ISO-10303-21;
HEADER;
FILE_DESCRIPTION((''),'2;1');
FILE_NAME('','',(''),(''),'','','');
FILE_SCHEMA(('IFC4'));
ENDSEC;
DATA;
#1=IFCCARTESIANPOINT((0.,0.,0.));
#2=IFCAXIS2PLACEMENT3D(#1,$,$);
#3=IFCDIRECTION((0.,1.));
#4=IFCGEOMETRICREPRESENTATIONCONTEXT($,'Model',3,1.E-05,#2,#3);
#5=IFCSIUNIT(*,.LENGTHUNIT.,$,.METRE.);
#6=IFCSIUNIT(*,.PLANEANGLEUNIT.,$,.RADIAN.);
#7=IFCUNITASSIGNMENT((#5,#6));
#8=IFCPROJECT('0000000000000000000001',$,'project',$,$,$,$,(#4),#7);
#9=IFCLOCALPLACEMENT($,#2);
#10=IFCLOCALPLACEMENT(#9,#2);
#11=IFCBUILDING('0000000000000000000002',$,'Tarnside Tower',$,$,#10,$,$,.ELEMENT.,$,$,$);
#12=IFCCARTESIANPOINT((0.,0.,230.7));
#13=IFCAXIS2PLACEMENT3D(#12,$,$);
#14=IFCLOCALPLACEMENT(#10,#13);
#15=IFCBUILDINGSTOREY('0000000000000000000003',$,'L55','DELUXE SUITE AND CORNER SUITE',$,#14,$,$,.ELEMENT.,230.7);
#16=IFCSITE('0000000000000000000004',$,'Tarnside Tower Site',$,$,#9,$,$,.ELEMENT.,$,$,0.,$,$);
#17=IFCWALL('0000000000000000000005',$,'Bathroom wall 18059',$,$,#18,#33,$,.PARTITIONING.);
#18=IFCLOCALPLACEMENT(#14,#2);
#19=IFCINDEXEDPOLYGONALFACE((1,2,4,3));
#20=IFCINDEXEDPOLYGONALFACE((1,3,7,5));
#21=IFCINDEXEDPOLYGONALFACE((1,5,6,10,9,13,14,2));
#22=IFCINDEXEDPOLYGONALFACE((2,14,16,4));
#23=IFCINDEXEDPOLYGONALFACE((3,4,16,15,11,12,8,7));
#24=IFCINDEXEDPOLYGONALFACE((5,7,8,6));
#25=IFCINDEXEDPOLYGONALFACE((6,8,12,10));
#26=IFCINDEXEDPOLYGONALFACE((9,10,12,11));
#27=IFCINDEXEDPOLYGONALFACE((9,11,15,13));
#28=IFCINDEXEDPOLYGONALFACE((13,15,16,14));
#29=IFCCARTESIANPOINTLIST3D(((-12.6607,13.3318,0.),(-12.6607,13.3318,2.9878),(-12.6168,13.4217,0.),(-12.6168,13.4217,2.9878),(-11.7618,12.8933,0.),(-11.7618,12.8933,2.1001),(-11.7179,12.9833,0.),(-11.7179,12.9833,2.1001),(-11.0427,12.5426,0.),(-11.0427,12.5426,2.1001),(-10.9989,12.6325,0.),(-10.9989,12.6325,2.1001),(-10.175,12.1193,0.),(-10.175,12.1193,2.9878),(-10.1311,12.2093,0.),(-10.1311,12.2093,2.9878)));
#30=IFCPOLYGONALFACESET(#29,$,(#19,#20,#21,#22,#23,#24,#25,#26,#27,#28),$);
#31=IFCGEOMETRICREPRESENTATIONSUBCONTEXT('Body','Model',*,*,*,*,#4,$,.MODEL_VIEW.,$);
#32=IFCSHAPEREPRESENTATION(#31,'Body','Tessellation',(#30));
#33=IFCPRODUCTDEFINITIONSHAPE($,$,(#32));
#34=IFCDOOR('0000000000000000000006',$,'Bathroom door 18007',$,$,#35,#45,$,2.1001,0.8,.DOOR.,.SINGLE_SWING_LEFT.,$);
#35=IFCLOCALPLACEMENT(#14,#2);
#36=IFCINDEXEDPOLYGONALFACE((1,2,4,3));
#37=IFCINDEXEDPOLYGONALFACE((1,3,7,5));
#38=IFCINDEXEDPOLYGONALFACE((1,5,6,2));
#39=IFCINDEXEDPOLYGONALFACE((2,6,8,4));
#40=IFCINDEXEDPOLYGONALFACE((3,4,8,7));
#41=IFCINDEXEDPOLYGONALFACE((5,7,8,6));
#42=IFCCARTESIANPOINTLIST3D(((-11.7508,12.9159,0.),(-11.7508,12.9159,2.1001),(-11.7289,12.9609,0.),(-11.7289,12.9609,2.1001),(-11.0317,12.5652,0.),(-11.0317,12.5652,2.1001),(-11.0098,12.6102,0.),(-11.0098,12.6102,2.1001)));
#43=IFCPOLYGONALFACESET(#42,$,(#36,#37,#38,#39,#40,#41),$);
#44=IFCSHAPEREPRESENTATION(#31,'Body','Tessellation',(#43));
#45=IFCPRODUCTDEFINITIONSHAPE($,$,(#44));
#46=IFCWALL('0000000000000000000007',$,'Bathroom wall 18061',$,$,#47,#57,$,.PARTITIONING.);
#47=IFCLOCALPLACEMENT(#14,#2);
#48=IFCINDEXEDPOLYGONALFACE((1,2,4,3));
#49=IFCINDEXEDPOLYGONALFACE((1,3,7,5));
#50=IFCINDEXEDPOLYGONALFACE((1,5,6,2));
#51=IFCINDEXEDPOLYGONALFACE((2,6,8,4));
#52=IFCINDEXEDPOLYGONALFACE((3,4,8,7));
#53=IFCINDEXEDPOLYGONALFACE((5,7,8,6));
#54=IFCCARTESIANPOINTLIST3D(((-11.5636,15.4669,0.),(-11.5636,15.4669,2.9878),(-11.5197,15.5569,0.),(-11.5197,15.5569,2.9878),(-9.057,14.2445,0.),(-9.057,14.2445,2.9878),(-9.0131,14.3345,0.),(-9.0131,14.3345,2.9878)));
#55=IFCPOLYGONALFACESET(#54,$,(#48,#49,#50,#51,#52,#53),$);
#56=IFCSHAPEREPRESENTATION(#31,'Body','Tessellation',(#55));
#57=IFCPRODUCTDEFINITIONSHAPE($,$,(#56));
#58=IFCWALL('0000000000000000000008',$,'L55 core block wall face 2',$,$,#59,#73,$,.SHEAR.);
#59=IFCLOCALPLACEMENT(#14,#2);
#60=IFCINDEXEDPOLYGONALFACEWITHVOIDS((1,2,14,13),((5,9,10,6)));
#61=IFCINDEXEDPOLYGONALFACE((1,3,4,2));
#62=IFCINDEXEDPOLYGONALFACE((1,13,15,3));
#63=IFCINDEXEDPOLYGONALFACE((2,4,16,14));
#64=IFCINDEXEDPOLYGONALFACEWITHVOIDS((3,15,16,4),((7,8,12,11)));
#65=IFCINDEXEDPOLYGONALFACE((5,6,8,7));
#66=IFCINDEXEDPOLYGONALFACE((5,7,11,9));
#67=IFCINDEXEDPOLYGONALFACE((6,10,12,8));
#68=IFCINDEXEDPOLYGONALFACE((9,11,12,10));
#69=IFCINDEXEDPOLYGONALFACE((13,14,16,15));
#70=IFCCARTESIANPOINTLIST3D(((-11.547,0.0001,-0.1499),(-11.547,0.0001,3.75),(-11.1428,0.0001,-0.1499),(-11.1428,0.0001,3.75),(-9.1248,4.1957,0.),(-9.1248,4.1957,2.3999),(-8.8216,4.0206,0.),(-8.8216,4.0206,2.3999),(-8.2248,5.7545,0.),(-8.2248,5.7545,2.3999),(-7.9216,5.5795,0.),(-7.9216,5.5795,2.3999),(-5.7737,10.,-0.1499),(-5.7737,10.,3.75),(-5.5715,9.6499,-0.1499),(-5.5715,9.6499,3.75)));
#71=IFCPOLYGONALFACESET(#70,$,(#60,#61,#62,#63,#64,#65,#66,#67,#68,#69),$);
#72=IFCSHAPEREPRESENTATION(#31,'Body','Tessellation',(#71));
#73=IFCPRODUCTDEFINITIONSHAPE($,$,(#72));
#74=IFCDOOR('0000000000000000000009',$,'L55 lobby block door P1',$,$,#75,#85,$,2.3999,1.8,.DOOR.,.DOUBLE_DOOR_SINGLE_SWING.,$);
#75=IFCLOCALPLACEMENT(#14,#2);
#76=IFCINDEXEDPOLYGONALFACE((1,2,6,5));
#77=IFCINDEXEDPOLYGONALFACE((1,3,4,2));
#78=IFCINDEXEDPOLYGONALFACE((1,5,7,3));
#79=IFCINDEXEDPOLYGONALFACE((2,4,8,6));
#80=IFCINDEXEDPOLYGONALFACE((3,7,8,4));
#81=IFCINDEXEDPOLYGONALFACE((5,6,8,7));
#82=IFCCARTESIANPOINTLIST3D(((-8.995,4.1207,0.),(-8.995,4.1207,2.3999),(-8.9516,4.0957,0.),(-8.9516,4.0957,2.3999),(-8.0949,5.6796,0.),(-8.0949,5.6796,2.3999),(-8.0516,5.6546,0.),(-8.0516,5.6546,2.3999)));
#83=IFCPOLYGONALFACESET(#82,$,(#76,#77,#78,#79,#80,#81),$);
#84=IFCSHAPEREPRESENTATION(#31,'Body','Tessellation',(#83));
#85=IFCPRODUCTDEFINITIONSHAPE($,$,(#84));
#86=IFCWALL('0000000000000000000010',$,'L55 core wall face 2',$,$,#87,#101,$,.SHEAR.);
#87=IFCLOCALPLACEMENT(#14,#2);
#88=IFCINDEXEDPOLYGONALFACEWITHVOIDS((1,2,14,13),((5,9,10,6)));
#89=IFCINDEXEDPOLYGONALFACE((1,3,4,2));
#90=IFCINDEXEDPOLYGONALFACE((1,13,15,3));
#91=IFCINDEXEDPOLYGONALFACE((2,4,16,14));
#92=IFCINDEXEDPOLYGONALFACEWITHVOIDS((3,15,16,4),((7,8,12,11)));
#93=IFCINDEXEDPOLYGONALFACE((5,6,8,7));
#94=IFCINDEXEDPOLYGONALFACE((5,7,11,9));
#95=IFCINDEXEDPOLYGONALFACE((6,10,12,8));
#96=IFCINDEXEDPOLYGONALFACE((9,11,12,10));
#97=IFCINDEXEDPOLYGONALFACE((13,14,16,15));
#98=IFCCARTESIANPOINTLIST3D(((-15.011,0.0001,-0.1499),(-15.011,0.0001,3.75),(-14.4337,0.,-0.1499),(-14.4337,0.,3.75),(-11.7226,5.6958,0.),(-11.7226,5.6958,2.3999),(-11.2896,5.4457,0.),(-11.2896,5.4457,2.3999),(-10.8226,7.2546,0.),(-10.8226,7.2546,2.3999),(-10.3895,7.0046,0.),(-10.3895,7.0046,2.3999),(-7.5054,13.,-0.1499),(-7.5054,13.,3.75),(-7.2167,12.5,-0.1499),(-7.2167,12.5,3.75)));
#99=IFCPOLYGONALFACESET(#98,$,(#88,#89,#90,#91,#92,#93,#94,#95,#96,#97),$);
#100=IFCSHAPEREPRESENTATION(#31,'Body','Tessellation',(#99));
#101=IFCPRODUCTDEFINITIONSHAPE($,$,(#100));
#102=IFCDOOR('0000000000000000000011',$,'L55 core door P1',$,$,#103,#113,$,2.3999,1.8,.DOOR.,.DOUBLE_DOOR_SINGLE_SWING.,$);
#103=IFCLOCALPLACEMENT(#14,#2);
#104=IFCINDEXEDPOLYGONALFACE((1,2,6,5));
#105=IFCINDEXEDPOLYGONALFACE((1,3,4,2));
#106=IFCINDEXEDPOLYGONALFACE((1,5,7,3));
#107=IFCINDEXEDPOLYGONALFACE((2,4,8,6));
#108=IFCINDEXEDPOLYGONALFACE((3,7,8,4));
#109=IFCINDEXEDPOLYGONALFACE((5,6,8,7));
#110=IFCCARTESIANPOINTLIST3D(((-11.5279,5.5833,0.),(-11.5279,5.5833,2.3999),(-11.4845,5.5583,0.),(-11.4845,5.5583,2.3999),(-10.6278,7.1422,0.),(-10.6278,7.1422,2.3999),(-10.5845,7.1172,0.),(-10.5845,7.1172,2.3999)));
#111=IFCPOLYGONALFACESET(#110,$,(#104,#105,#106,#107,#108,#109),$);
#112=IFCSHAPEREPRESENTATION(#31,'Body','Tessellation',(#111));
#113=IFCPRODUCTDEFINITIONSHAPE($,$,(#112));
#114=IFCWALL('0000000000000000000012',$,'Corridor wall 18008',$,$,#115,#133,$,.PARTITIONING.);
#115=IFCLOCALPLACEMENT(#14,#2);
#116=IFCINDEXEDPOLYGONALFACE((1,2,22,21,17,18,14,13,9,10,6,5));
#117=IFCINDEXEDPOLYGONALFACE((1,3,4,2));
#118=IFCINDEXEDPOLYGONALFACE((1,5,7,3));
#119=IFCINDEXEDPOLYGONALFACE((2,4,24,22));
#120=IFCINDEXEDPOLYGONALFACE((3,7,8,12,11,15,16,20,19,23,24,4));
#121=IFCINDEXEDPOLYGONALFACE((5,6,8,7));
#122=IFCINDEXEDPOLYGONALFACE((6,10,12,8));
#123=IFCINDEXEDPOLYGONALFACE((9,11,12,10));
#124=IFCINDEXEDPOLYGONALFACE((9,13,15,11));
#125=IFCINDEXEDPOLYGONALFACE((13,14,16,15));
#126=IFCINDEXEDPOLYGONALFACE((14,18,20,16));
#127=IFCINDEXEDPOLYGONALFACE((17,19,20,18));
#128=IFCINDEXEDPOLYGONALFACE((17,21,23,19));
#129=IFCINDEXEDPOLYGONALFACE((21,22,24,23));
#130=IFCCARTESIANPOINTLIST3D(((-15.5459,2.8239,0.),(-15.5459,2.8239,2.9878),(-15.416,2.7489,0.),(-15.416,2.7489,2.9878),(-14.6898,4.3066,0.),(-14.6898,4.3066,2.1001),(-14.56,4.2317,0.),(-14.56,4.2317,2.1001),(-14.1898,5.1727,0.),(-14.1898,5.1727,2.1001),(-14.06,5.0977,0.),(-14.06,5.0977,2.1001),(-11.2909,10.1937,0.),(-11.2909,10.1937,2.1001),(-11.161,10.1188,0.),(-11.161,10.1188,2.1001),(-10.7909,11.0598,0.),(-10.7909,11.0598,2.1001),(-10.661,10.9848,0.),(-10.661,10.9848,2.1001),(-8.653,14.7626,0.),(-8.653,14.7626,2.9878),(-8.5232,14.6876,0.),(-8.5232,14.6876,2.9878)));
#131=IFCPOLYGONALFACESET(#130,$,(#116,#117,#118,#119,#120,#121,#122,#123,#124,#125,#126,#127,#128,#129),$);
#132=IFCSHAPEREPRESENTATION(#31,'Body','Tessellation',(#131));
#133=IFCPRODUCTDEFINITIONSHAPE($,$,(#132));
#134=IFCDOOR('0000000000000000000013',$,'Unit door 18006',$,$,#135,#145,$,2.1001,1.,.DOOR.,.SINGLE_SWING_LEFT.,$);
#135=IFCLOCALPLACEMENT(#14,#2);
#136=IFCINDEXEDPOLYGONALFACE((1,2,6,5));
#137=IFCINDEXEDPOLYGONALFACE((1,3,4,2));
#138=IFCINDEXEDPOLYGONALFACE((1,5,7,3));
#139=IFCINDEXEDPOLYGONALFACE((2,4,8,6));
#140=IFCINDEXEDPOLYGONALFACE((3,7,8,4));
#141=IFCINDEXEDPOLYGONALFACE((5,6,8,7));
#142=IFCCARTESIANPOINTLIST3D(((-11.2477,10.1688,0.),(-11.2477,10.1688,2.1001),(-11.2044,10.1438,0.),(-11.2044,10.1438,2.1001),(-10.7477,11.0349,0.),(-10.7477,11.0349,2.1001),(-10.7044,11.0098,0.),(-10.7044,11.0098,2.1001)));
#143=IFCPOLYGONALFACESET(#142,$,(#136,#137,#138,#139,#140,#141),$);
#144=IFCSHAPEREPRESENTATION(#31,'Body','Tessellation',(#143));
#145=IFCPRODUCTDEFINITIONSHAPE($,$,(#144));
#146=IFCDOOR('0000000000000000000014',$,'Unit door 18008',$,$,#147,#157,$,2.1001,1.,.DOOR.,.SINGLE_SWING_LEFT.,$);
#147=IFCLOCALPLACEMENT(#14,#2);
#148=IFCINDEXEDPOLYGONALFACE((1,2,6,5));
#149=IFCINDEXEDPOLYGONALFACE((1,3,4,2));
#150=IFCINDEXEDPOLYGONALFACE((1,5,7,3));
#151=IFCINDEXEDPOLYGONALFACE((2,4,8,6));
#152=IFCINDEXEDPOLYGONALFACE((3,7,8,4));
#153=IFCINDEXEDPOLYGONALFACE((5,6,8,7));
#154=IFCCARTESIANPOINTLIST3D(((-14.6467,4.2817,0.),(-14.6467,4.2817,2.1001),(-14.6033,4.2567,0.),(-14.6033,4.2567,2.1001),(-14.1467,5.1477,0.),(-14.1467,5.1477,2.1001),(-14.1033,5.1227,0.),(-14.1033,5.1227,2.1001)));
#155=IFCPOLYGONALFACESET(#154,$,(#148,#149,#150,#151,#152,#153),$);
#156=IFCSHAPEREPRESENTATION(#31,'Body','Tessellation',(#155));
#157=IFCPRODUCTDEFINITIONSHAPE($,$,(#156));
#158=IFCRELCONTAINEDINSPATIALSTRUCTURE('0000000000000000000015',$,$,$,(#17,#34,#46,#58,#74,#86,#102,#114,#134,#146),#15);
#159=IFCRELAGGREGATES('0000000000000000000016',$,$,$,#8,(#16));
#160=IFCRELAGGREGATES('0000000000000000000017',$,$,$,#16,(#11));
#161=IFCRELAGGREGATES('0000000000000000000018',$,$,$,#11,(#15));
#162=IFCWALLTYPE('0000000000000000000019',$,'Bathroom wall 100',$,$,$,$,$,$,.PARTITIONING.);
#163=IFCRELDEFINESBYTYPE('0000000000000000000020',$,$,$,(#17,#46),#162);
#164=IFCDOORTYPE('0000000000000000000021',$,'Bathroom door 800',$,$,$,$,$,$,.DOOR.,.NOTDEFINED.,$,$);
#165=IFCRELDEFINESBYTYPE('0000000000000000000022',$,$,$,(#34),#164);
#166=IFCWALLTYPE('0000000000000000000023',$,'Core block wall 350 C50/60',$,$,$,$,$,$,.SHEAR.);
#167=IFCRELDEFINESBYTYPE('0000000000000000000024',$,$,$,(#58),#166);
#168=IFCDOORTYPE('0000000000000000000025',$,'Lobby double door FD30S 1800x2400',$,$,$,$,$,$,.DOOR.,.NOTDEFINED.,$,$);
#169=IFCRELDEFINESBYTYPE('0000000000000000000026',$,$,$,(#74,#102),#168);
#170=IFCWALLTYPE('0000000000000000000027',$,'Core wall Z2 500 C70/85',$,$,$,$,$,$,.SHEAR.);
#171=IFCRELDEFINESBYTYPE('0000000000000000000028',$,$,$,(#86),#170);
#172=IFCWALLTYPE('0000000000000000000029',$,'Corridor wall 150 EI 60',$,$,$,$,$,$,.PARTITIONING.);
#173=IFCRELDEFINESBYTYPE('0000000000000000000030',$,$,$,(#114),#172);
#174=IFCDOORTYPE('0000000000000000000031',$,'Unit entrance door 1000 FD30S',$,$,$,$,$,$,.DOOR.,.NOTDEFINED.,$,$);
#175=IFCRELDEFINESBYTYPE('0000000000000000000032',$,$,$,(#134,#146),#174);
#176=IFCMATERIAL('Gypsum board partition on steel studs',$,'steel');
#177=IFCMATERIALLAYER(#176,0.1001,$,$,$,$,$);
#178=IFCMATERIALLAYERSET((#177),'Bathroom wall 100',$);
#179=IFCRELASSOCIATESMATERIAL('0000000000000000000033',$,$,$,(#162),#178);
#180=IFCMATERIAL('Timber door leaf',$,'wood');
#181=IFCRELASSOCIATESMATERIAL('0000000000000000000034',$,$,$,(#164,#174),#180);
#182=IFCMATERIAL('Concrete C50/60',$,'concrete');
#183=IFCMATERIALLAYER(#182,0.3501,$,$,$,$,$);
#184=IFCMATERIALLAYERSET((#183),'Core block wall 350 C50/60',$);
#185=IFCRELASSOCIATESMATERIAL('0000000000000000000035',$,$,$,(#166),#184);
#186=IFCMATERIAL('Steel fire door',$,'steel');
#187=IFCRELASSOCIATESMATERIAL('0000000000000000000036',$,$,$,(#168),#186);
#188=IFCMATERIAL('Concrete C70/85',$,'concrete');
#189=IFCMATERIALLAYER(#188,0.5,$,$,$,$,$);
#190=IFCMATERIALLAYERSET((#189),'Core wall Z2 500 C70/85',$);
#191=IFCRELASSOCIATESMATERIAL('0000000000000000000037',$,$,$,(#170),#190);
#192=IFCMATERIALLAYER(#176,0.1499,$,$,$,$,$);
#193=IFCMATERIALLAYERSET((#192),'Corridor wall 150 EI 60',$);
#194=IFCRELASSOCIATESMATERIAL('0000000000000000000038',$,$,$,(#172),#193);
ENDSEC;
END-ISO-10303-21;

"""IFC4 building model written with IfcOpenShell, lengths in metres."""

from ifc_helpers import new_model, si_unit, direction, frame, frame_2d, origin, place, context, subcontext, project, spatial, polyline, rectangle, outline, extrude, material, layer, layer_set, type_object, element, fill, save


model = new_model("IFC4")

# Units and contexts
model_context = context("Model", 3, precision=1e-05, world=origin(), true_north=direction((0.0, 1.0)))
body_context = subcontext(model_context, "Body", "Model", "MODEL_VIEW")
ifc_project = project(units=[si_unit("LENGTHUNIT", "METRE"), si_unit("PLANEANGLEUNIT", "RADIAN")], contexts=[model_context])

# Site, building, storey
site_placement = place(None, origin())
site = spatial("IfcSite", under=ifc_project, at=site_placement, Name="Tarnside Tower Site", CompositionType="ELEMENT", RefElevation=0.0)
building_placement = place(site_placement, origin())
building = spatial("IfcBuilding", under=site, at=building_placement, Name="Tarnside Tower", CompositionType="ELEMENT")
storey_placement = place(building_placement, frame((0.0, 0.0, 230.7)))
storey = spatial("IfcBuildingStorey", under=building, at=storey_placement, Name="L55", Description="DELUXE SUITE AND CORNER SUITE", CompositionType="ELEMENT", Elevation=230.7)

# Shared definitions
ifc_material_1 = material(Name="Gypsum board partition on steel studs", Category="steel")
ifc_layer_1 = layer(ifc_material_1, 0.1001)
ifc_layer_set_1 = layer_set([ifc_layer_1], Name="Bathroom wall 100")
wall_type_1 = type_object("IfcWallType", Name="Bathroom wall 100", PredefinedType="PARTITIONING", material=ifc_layer_set_1)

# Wall, opening, door
ifc_material_2 = material(Name="Timber door leaf", Category="wood")
door_type_1 = type_object("IfcDoorType", Name="Bathroom door 800", OperationType="NOTDEFINED", PredefinedType="DOOR", material=ifc_material_2)
wall_1_placement = place(storey_placement, frame((-10.1531, 12.1643, 0.0), z_axis=(0.0, 0.0, 1.0), x_axis=(-0.89878, 0.438399, 0.0)))
wall_1 = element("IfcWall", 1, at=wall_1_placement, inside=storey, type_object=wall_type_1, Name="Bathroom wall 18059", PredefinedType="PARTITIONING", context=body_context, shape_type="SweptSolid", body=[
    extrude(rectangle(XDim=2.7656, YDim=0.1001, at=frame_2d((1.3828, 0.0))), origin(), (0.0, 0.0, 1.0), 2.9878),
])
opening_1_placement = place(wall_1_placement, frame((0.9656, 0.0, 0.0)))
opening_1 = element("IfcOpeningElement", 2, at=opening_1_placement, cuts=wall_1, PredefinedType="OPENING", context=body_context, shape_type="SweptSolid", body=[
    extrude(rectangle(XDim=0.8, YDim=2.1001, at=frame_2d((0.3999, 1.05))), frame((0.0, 0.0601, 0.0), z_axis=(0.0, -1.0, 0.0), x_axis=(1.0, 0.0, 0.0)), (0.0, 0.0, 1.0), 0.1201),
])
door_1_placement = place(opening_1_placement, origin())
door_1 = element("IfcDoor", 3, at=door_1_placement, inside=storey, type_object=door_type_1, Name="Bathroom door 18007", OperationType="SINGLE_SWING_LEFT", OverallHeight=2.1001, OverallWidth=0.8, PredefinedType="DOOR", context=body_context, shape_type="SweptSolid", body=[
    extrude(rectangle(XDim=0.8, YDim=2.1001, at=frame_2d((0.3999, 1.05))), frame((0.0, 0.0249, 0.0), z_axis=(0.0, -1.0, 0.0), x_axis=(1.0, 0.0, 0.0)), (0.0, 0.0, 1.0), 0.05),
])
fill(opening_1, door_1)

# Wall
wall_2_placement = place(storey_placement, frame((-11.5417, 15.512, 0.0), z_axis=(0.0, 0.0, 1.0), x_axis=(0.898813, -0.438332, 0.0)))
element("IfcWall", 4, at=wall_2_placement, inside=storey, type_object=wall_type_1, Name="Bathroom wall 18061", PredefinedType="PARTITIONING", context=body_context, shape_type="SweptSolid", body=[
    extrude(rectangle(XDim=2.7888, YDim=0.1001, at=frame_2d((1.3945, 0.0))), origin(), (0.0, 0.0, 1.0), 2.9878),
])

# Walls, openings, doors
ifc_material_3 = material(Name="Concrete C50/60", Category="concrete")
ifc_layer_2 = layer(ifc_material_3, 0.3501)
ifc_layer_set_2 = layer_set([ifc_layer_2], Name="Core block wall 350 C50/60")
wall_type_2 = type_object("IfcWallType", Name="Core block wall 350 C50/60", PredefinedType="SHEAR", material=ifc_layer_set_2)
wall_3_placement = place(storey_placement, frame((-5.6726, 9.825, -0.1499), z_axis=(0.0, 0.0, 1.0), x_axis=(-0.499995, -0.866028, 0.0)))
wall_3 = element("IfcWall", 5, at=wall_3_placement, inside=storey, type_object=wall_type_2, Name="L55 core block wall face 2", PredefinedType="SHEAR", context=body_context, shape_type="SweptSolid", body=[
    extrude(outline(polyline([(-0.1011, -0.175), (11.4458, -0.175), (11.2437, 0.175), (0.1011, 0.175), (-0.1011, -0.175)])), origin(), (0.0, 0.0, 1.0), 3.8999),
])
opening_2_placement = place(wall_3_placement, frame((4.8013, 0.0, 0.1499)))
opening_2 = element("IfcOpeningElement", 6, at=opening_2_placement, cuts=wall_3, PredefinedType="OPENING", context=body_context, shape_type="SweptSolid", body=[
    extrude(rectangle(XDim=1.8, YDim=2.3999, at=frame_2d((0.8999, 1.2))), frame((0.0, 0.1851, 0.0), z_axis=(0.0, -1.0, 0.0), x_axis=(1.0, 0.0, 0.0)), (0.0, 0.0, 1.0), 0.3701),
])
ifc_material_4 = material(Name="Steel fire door", Category="steel")
door_type_2 = type_object("IfcDoorType", Name="Lobby double door FD30S 1800x2400", OperationType="NOTDEFINED", PredefinedType="DOOR", material=ifc_material_4)
door_2_placement = place(opening_2_placement, origin())
door_2 = element("IfcDoor", 7, at=door_2_placement, inside=storey, type_object=door_type_2, Name="L55 lobby block door P1", OperationType="DOUBLE_DOOR_SINGLE_SWING", OverallHeight=2.3999, OverallWidth=1.8, PredefinedType="DOOR", context=body_context, shape_type="SweptSolid", body=[
    extrude(rectangle(XDim=1.8, YDim=2.3999, at=frame_2d((0.8999, 1.2))), frame((0.0, 0.0249, 0.0), z_axis=(0.0, -1.0, 0.0), x_axis=(1.0, 0.0, 0.0)), (0.0, 0.0, 1.0), 0.05),
])
fill(opening_2, door_2)
ifc_material_5 = material(Name="Concrete C70/85", Category="concrete")
ifc_layer_3 = layer(ifc_material_5, 0.5)
ifc_layer_set_3 = layer_set([ifc_layer_3], Name="Core wall Z2 500 C70/85")
wall_type_3 = type_object("IfcWallType", Name="Core wall Z2 500 C70/85", PredefinedType="SHEAR", material=ifc_layer_set_3)
wall_4_placement = place(storey_placement, frame((-7.3611, 12.75, -0.1499), z_axis=(0.0, 0.0, 1.0), x_axis=(-0.500006, -0.866022, 0.0)))
wall_4 = element("IfcWall", 8, at=wall_4_placement, inside=storey, type_object=wall_type_3, Name="L55 core wall face 2", PredefinedType="SHEAR", context=body_context, shape_type="SweptSolid", body=[
    extrude(outline(polyline([(-0.1443, -0.25), (14.8667, -0.25), (14.5781, 0.25), (0.1443, 0.25), (-0.1443, -0.25)])), origin(), (0.0, 0.0, 1.0), 3.8999),
])
opening_3_placement = place(wall_4_placement, frame((6.49, 0.0, 0.1499)))
opening_3 = element("IfcOpeningElement", 9, at=opening_3_placement, cuts=wall_4, PredefinedType="OPENING", context=body_context, shape_type="SweptSolid", body=[
    extrude(rectangle(XDim=1.8, YDim=2.3999, at=frame_2d((0.8999, 1.2))), frame((0.0, 0.26, 0.0), z_axis=(0.0, -1.0, 0.0), x_axis=(1.0, 0.0, 0.0)), (0.0, 0.0, 1.0), 0.52),
])
door_3_placement = place(opening_3_placement, origin())
door_3 = element("IfcDoor", 10, at=door_3_placement, inside=storey, type_object=door_type_2, Name="L55 core door P1", OperationType="DOUBLE_DOOR_SINGLE_SWING", OverallHeight=2.3999, OverallWidth=1.8, PredefinedType="DOOR", context=body_context, shape_type="SweptSolid", body=[
    extrude(rectangle(XDim=1.8, YDim=2.3999, at=frame_2d((0.8999, 1.2))), frame((0.0, 0.0249, 0.0), z_axis=(0.0, -1.0, 0.0), x_axis=(1.0, 0.0, 0.0)), (0.0, 0.0, 1.0), 0.05),
])
fill(opening_3, door_3)

# Wall, openings, doors
ifc_layer_4 = layer(ifc_material_1, 0.1499)
ifc_layer_set_4 = layer_set([ifc_layer_4], Name="Corridor wall 150 EI 60")
wall_type_4 = type_object("IfcWallType", Name="Corridor wall 150 EI 60", PredefinedType="PARTITIONING", material=ifc_layer_set_4)
wall_5_placement = place(storey_placement, frame((-8.5881, 14.7251, 0.0), z_axis=(0.0, 0.0, 1.0), x_axis=(-0.5, -0.866025, 0.0)))
wall_5 = element("IfcWall", 11, at=wall_5_placement, inside=storey, type_object=wall_type_4, Name="Corridor wall 18008", PredefinedType="PARTITIONING", context=body_context, shape_type="SweptSolid", body=[
    extrude(rectangle(XDim=13.7856, YDim=0.1499, at=frame_2d((6.8928, 0.0))), origin(), (0.0, 0.0, 1.0), 2.9878),
])
opening_4_placement = place(wall_5_placement, frame((4.2756, 0.0, 0.0)))
opening_4 = element("IfcOpeningElement", 12, at=opening_4_placement, cuts=wall_5, PredefinedType="OPENING", context=body_context, shape_type="SweptSolid", body=[
    extrude(rectangle(XDim=1.0, YDim=2.1001, at=frame_2d((0.5, 1.05))), frame((0.0, 0.085, 0.0), z_axis=(0.0, -1.0, 0.0), x_axis=(1.0, 0.0, 0.0)), (0.0, 0.0, 1.0), 0.1699),
])
opening_5_placement = place(wall_5_placement, frame((11.0735, 0.0, 0.0)))
opening_5 = element("IfcOpeningElement", 13, at=opening_5_placement, cuts=wall_5, PredefinedType="OPENING", context=body_context, shape_type="SweptSolid", body=[
    extrude(rectangle(XDim=1.0, YDim=2.1001, at=frame_2d((0.5, 1.05))), frame((0.0, 0.085, 0.0), z_axis=(0.0, -1.0, 0.0), x_axis=(1.0, 0.0, 0.0)), (0.0, 0.0, 1.0), 0.1699),
])
door_type_3 = type_object("IfcDoorType", Name="Unit entrance door 1000 FD30S", OperationType="NOTDEFINED", PredefinedType="DOOR", material=ifc_material_2)
door_4_placement = place(opening_4_placement, origin())
door_4 = element("IfcDoor", 14, at=door_4_placement, inside=storey, type_object=door_type_3, Name="Unit door 18006", OperationType="SINGLE_SWING_LEFT", OverallHeight=2.1001, OverallWidth=1.0, PredefinedType="DOOR", context=body_context, shape_type="SweptSolid", body=[
    extrude(rectangle(XDim=1.0, YDim=2.1001, at=frame_2d((0.5, 1.05))), frame((0.0, 0.0249, 0.0), z_axis=(0.0, -1.0, 0.0), x_axis=(1.0, 0.0, 0.0)), (0.0, 0.0, 1.0), 0.05),
])
fill(opening_4, door_4)
door_5_placement = place(opening_5_placement, origin())
door_5 = element("IfcDoor", 15, at=door_5_placement, inside=storey, type_object=door_type_3, Name="Unit door 18008", OperationType="SINGLE_SWING_LEFT", OverallHeight=2.1001, OverallWidth=1.0, PredefinedType="DOOR", context=body_context, shape_type="SweptSolid", body=[
    extrude(rectangle(XDim=1.0, YDim=2.1001, at=frame_2d((0.5, 1.05))), frame((0.0, 0.0249, 0.0), z_axis=(0.0, -1.0, 0.0), x_axis=(1.0, 0.0, 0.0)), (0.0, 0.0, 1.0), 0.05),
])
fill(opening_5, door_5)

save(model, "model.ifc")
